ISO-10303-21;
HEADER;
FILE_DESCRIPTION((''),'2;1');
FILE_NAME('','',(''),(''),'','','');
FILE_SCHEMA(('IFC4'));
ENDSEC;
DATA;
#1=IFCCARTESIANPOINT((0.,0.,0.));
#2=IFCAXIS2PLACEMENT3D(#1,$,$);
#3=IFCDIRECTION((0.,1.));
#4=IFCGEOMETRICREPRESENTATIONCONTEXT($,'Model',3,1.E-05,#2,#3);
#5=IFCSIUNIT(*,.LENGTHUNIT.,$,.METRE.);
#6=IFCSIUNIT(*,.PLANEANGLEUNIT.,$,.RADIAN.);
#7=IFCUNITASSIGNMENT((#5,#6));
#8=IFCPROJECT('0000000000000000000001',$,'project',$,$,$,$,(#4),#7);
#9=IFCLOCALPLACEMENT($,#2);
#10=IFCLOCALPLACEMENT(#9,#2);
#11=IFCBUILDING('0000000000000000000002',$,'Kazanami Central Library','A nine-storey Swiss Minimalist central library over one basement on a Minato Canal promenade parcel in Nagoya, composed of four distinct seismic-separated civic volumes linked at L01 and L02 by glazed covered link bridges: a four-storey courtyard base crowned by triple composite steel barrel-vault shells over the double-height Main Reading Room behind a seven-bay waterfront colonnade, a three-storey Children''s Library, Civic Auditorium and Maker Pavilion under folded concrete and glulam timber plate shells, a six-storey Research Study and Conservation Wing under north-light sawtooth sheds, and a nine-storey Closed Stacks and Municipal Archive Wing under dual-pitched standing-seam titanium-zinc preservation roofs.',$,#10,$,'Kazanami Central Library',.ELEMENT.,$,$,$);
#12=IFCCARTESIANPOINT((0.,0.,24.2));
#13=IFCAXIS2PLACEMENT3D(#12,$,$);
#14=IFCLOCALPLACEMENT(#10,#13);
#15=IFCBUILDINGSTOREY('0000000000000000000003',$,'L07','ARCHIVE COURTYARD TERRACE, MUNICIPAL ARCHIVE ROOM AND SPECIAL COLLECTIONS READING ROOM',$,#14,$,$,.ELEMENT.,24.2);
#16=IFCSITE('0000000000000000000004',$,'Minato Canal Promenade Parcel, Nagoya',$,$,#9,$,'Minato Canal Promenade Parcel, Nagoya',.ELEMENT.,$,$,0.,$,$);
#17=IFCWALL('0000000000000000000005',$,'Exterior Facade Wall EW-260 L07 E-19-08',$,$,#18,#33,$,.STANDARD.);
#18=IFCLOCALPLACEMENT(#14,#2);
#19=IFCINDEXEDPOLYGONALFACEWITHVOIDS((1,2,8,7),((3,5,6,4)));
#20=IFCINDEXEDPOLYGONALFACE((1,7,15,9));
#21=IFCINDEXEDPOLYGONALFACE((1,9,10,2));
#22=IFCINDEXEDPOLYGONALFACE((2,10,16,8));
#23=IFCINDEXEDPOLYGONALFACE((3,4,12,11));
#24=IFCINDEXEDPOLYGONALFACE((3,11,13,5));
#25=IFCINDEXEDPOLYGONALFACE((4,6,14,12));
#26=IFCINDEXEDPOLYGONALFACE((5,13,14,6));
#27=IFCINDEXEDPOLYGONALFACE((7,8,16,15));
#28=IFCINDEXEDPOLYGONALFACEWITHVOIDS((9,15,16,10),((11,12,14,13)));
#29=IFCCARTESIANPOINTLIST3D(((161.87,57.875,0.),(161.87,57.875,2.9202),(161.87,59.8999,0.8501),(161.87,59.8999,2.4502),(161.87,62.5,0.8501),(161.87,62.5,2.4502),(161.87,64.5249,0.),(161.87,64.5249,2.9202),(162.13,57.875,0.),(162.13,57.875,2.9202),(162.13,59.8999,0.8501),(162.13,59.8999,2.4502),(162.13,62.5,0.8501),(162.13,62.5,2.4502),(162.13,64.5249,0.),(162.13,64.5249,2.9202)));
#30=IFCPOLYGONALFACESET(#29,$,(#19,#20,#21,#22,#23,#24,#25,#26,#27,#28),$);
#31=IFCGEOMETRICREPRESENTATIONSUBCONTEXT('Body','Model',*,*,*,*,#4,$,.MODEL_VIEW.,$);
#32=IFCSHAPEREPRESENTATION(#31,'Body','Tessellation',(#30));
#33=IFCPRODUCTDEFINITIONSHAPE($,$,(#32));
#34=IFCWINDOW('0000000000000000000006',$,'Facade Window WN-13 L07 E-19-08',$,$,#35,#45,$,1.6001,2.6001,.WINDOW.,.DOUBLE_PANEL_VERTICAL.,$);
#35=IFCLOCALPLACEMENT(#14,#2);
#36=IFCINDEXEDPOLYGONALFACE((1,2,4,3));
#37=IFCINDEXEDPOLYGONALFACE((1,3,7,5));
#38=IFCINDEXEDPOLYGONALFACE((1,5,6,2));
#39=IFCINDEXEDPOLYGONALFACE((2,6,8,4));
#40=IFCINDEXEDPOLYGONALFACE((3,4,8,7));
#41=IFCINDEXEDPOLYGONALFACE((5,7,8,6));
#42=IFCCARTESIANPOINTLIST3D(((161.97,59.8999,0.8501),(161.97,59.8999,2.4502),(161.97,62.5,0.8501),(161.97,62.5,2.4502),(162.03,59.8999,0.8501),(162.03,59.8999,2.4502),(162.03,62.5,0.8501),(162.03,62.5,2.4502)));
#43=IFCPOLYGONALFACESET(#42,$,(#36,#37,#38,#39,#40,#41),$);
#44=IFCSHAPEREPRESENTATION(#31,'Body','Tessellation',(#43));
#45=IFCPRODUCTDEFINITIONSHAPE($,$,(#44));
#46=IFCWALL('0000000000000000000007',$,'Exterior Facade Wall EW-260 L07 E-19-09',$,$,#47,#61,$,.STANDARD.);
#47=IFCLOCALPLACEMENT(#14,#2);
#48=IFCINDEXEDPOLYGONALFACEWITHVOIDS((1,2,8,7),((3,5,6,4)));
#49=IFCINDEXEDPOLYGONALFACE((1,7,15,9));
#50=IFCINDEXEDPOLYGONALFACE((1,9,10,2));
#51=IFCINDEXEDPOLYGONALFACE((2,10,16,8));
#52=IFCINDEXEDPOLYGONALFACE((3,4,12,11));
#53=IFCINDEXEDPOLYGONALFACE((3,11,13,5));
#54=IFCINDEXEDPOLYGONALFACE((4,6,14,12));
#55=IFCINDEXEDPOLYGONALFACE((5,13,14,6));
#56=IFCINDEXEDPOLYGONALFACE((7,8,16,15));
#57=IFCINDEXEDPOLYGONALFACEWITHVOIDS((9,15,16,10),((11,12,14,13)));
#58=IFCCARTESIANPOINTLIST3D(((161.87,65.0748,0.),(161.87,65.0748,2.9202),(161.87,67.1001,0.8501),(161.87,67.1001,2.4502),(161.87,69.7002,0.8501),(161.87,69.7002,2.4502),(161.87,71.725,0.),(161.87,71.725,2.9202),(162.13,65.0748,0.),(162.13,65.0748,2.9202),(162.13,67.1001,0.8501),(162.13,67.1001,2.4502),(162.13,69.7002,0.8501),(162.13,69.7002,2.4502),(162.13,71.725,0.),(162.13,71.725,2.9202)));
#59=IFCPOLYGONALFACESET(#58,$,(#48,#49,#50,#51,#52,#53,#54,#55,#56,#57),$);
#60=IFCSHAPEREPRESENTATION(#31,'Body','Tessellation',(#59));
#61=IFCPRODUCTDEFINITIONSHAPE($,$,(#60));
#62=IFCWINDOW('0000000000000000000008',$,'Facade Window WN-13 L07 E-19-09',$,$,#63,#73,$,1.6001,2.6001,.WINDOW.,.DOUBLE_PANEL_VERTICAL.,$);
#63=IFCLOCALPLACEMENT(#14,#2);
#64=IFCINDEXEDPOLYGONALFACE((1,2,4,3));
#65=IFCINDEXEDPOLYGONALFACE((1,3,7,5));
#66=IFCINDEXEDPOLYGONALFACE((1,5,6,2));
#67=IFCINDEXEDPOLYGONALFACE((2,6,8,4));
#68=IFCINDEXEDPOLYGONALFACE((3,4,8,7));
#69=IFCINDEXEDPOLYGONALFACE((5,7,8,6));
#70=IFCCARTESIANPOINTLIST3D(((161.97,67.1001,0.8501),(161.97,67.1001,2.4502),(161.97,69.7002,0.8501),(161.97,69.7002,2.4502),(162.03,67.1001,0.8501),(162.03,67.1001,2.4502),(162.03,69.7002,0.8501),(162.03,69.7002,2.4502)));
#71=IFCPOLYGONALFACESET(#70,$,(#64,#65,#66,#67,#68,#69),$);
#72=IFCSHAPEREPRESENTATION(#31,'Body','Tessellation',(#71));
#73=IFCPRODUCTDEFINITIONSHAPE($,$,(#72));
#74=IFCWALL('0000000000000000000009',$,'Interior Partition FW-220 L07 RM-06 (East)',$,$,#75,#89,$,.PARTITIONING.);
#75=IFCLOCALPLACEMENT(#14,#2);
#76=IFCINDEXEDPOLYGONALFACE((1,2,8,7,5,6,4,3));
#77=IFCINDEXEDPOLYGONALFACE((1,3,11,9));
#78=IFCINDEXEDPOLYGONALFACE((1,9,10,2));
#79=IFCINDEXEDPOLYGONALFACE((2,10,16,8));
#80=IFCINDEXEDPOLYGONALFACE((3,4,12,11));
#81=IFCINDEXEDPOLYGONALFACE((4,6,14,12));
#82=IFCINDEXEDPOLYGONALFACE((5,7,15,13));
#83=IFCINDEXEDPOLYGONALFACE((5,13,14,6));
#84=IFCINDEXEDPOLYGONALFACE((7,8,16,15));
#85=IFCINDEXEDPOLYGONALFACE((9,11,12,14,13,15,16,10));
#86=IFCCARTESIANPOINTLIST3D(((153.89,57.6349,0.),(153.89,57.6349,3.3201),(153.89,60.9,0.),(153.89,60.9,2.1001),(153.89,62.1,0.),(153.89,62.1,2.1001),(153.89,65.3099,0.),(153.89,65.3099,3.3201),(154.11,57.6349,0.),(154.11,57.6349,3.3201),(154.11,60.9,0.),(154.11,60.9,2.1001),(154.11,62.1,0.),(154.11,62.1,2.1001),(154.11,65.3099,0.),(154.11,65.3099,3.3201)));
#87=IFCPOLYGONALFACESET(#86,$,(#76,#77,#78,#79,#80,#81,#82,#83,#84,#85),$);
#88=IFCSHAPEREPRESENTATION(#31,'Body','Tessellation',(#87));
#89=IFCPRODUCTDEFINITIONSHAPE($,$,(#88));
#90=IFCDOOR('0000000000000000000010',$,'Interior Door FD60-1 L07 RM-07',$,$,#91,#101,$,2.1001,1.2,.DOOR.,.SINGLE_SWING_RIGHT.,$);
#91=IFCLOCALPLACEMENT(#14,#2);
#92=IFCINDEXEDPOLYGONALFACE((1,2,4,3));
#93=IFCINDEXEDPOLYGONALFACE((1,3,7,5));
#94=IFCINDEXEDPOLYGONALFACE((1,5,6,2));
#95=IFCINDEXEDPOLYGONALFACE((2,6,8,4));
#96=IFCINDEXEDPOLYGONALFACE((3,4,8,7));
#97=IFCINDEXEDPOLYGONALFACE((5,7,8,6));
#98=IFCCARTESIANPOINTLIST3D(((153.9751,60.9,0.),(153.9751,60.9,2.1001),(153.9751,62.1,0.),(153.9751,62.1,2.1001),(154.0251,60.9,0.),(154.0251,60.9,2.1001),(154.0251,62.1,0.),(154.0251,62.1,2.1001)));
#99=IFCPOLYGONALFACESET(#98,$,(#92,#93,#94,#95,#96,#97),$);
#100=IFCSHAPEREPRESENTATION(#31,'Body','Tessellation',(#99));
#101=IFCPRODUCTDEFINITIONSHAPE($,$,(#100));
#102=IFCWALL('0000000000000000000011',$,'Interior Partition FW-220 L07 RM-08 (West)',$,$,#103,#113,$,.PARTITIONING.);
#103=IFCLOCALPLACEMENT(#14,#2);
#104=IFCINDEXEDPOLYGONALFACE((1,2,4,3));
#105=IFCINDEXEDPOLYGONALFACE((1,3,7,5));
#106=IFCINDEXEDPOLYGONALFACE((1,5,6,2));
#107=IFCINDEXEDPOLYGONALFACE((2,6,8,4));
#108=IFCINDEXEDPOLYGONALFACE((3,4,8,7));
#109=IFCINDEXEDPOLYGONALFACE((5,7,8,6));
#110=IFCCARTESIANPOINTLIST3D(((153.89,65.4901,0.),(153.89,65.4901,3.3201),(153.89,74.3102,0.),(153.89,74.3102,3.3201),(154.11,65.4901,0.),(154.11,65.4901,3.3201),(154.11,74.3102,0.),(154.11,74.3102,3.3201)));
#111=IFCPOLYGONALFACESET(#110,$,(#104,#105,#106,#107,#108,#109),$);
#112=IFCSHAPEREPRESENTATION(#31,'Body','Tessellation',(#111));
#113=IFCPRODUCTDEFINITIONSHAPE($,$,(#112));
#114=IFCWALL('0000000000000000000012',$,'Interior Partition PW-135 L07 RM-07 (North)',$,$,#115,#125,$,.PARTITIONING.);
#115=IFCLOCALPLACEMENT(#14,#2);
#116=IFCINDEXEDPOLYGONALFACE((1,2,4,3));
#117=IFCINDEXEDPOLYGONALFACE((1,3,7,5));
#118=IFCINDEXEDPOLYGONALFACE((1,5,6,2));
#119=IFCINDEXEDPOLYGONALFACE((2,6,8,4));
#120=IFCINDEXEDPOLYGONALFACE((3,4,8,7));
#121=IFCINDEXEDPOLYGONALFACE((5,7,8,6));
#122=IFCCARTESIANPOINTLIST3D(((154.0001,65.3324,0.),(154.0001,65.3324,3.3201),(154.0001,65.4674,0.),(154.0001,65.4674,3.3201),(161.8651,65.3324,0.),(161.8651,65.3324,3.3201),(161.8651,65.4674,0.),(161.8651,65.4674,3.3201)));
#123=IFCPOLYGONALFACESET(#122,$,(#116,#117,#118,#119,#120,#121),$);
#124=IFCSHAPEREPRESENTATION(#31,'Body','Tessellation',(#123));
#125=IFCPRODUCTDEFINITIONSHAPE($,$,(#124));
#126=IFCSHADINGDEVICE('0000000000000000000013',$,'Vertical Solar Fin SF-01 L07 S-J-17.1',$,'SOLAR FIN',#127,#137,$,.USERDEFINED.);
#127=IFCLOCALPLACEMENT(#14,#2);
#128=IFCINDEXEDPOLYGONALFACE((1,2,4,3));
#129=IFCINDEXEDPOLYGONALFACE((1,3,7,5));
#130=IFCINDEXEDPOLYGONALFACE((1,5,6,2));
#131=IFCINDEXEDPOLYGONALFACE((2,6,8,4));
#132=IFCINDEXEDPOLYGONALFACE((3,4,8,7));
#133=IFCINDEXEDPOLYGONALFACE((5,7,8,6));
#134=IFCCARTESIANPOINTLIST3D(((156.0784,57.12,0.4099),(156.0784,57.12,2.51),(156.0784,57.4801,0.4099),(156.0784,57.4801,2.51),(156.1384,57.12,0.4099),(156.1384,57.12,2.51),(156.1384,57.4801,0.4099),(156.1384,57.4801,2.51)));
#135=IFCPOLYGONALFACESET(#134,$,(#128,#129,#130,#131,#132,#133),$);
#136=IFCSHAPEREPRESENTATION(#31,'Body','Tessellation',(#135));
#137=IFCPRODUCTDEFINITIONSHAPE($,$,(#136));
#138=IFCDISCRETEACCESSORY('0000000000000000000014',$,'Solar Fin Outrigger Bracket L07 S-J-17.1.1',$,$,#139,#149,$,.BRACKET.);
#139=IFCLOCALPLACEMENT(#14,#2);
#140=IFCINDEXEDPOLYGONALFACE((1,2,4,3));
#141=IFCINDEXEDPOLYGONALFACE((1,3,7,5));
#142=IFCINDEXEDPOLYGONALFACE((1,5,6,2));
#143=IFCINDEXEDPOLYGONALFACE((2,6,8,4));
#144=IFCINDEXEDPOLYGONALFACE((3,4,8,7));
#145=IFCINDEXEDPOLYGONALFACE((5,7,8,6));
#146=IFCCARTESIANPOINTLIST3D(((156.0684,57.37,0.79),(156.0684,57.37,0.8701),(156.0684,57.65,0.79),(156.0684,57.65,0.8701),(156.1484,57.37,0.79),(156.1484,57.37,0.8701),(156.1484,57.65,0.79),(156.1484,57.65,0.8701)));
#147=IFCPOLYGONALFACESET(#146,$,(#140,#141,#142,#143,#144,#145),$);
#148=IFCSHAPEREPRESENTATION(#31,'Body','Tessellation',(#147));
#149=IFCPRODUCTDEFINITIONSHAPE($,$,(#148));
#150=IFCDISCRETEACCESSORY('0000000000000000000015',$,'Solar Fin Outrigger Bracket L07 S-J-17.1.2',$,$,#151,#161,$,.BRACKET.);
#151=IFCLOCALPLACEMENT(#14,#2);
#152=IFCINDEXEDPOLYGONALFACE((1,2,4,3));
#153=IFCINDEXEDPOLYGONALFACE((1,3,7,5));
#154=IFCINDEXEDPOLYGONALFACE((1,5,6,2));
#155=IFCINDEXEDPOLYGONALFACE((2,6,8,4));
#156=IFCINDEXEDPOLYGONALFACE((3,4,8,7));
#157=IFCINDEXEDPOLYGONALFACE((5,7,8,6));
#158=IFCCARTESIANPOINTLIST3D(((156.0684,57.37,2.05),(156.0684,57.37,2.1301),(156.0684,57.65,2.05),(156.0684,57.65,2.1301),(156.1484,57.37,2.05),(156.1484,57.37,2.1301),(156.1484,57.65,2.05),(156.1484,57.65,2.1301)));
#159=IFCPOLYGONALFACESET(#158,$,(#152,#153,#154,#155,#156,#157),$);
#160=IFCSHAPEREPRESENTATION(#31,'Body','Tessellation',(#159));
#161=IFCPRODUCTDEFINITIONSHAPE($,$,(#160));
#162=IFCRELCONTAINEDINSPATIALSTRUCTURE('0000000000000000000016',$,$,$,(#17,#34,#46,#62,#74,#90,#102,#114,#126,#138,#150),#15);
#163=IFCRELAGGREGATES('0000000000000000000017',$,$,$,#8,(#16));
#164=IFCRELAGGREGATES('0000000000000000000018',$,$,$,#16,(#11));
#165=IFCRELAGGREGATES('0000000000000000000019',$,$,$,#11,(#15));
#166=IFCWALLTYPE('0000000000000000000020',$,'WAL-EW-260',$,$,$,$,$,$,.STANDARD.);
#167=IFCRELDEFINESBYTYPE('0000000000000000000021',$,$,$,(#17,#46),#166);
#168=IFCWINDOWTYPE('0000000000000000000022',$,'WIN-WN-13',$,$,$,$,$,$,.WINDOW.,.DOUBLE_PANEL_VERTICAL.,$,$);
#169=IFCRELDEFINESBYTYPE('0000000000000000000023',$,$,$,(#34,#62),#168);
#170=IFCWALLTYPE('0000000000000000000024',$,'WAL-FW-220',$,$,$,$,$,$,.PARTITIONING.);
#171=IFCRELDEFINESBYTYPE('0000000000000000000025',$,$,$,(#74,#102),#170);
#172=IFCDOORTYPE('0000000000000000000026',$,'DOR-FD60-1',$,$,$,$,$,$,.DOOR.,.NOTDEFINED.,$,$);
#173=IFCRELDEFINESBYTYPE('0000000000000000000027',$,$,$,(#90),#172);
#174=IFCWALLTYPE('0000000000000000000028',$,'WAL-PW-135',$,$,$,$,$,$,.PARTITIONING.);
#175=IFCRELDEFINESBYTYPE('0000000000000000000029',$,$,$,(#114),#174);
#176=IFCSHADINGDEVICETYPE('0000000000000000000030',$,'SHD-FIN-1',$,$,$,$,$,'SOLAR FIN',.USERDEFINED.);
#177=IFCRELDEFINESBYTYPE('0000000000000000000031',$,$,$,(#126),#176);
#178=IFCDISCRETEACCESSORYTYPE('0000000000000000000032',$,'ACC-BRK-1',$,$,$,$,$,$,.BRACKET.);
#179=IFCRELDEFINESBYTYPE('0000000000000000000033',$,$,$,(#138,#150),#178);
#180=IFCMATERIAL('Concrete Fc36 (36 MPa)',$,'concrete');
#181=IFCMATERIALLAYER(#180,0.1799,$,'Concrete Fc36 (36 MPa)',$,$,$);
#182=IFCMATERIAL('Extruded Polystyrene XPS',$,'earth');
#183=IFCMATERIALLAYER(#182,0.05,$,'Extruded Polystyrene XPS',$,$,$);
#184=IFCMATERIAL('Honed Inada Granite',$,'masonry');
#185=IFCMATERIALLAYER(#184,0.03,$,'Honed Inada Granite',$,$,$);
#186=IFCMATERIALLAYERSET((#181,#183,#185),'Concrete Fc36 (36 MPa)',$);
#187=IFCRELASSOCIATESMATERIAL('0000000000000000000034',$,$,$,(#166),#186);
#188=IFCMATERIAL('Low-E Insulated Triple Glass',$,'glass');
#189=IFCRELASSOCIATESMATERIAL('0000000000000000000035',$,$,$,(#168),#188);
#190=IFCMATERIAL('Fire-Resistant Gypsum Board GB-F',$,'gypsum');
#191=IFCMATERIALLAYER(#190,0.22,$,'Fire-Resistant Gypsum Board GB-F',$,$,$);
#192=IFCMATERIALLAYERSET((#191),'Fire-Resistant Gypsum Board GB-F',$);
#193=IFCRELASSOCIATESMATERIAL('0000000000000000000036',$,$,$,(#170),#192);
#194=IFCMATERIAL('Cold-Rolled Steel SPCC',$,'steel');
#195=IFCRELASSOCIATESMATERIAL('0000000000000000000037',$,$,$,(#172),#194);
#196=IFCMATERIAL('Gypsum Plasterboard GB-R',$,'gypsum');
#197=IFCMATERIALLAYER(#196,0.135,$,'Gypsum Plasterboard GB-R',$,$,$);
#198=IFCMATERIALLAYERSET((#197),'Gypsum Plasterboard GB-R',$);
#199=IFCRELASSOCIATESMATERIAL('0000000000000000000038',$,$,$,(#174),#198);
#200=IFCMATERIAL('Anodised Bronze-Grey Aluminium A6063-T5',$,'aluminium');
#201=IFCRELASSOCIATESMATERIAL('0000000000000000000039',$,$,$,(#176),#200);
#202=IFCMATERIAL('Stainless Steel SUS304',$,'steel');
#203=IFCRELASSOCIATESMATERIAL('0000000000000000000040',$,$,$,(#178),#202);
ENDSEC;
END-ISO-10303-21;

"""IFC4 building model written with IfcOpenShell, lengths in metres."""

from ifc_helpers import new_model, si_unit, direction, frame, frame_2d, origin, origin_2d, place, context, subcontext, project, spatial, rectangle, extrude, material, layer, layer_set, type_object, element, fill, save


model = new_model("IFC4")

# Units and contexts
model_context = context("Model", 3, precision=1e-05, world=origin(), true_north=direction((0.0, 1.0)))
body_context = subcontext(model_context, "Body", "Model", "MODEL_VIEW")
ifc_project = project(units=[si_unit("LENGTHUNIT", "METRE"), si_unit("PLANEANGLEUNIT", "RADIAN")], contexts=[model_context])

# Site, building, storey
site_placement = place(None, origin())
site = spatial("IfcSite", under=ifc_project, at=site_placement, Name="Minato Canal Promenade Parcel, Nagoya", LongName="Minato Canal Promenade Parcel, Nagoya", CompositionType="ELEMENT", RefElevation=0.0)
building_placement = place(site_placement, origin())
building = spatial("IfcBuilding", under=site, at=building_placement, Name="Kazanami Central Library", Description="A nine-storey Swiss Minimalist central library over one basement on a Minato Canal promenade parcel in Nagoya, composed of four distinct seismic-separated civic volumes linked at L01 and L02 by glazed covered link bridges: a four-storey courtyard base crowned by triple composite steel barrel-vault shells over the double-height Main Reading Room behind a seven-bay waterfront colonnade, a three-storey Children's Library, Civic Auditorium and Maker Pavilion under folded concrete and glulam timber plate shells, a six-storey Research Study and Conservation Wing under north-light sawtooth sheds, and a nine-storey Closed Stacks and Municipal Archive Wing under dual-pitched standing-seam titanium-zinc preservation roofs.", LongName="Kazanami Central Library", CompositionType="ELEMENT")
storey_placement = place(building_placement, frame((0.0, 0.0, 24.2)))
storey = spatial("IfcBuildingStorey", under=building, at=storey_placement, Name="L07", Description="ARCHIVE COURTYARD TERRACE, MUNICIPAL ARCHIVE ROOM AND SPECIAL COLLECTIONS READING ROOM", CompositionType="ELEMENT", Elevation=24.2)

# Walls, openings, windows
ifc_material_1 = material(Name="Concrete Fc36 (36 MPa)", Category="concrete")
ifc_layer_1 = layer(ifc_material_1, 0.1799, Name="Concrete Fc36 (36 MPa)")
ifc_material_2 = material(Name="Extruded Polystyrene XPS", Category="earth")
ifc_layer_2 = layer(ifc_material_2, 0.05, Name="Extruded Polystyrene XPS")
ifc_material_3 = material(Name="Honed Inada Granite", Category="masonry")
ifc_layer_3 = layer(ifc_material_3, 0.03, Name="Honed Inada Granite")
ifc_layer_set_1 = layer_set([ifc_layer_1, ifc_layer_2, ifc_layer_3], Name="Concrete Fc36 (36 MPa)")
wall_type_1 = type_object("IfcWallType", Name="WAL-EW-260", PredefinedType="STANDARD", material=ifc_layer_set_1)
wall_1_placement = place(storey_placement, frame((162.0, 64.5249, 0.0), z_axis=(0.0, 0.0, 1.0), x_axis=(0.0, -1.0, 0.0)))
wall_1 = element("IfcWall", 1, at=wall_1_placement, inside=storey, type_object=wall_type_1, Name="Exterior Facade Wall EW-260 L07 E-19-08", PredefinedType="STANDARD", context=body_context, shape_type="SweptSolid", body=[
    extrude(rectangle(XDim=6.6499, YDim=0.26, at=frame_2d((3.325, 0.0))), origin(), (0.0, 0.0, 1.0), 2.9202),
])
opening_1_placement = place(wall_1_placement, frame((2.0249, 0.0, 0.8501)))
opening_1 = element("IfcOpeningElement", 2, at=opening_1_placement, cuts=wall_1, PredefinedType="OPENING", context=body_context, shape_type="SweptSolid", body=[
    extrude(rectangle(XDim=2.6001, YDim=1.6001, at=frame_2d((1.3, 0.8))), frame((0.0, 0.1421, 0.0), z_axis=(0.0, -1.0, 0.0), x_axis=(1.0, 0.0, 0.0)), (0.0, 0.0, 1.0), 0.2839),
])
ifc_material_4 = material(Name="Low-E Insulated Triple Glass", Category="glass")
window_type = type_object("IfcWindowType", Name="WIN-WN-13", PartitioningType="DOUBLE_PANEL_VERTICAL", PredefinedType="WINDOW", material=ifc_material_4)
window_1_placement = place(opening_1_placement, origin())
window_1 = element("IfcWindow", 3, at=window_1_placement, inside=storey, type_object=window_type, Name="Facade Window WN-13 L07 E-19-08", OverallHeight=1.6001, OverallWidth=2.6001, PartitioningType="DOUBLE_PANEL_VERTICAL", PredefinedType="WINDOW", context=body_context, shape_type="SweptSolid", body=[
    extrude(rectangle(XDim=2.6001, YDim=1.6001, at=frame_2d((1.3, 0.8))), frame((0.0, 0.03, 0.0), z_axis=(0.0, -1.0, 0.0), x_axis=(1.0, 0.0, 0.0)), (0.0, 0.0, 1.0), 0.0601),
])
fill(opening_1, window_1)
wall_2_placement = place(storey_placement, frame((162.0, 71.7251, 0.0), z_axis=(0.0, 0.0, 1.0), x_axis=(0.0, -1.0, 0.0)))
wall_2 = element("IfcWall", 4, at=wall_2_placement, inside=storey, type_object=wall_type_1, Name="Exterior Facade Wall EW-260 L07 E-19-09", PredefinedType="STANDARD", context=body_context, shape_type="SweptSolid", body=[
    extrude(rectangle(XDim=6.6501, YDim=0.26, at=frame_2d((3.3252, 0.0))), origin(), (0.0, 0.0, 1.0), 2.9202),
])
opening_2_placement = place(wall_2_placement, frame((2.0249, 0.0, 0.8501)))
opening_2 = element("IfcOpeningElement", 5, at=opening_2_placement, cuts=wall_2, PredefinedType="OPENING", context=body_context, shape_type="SweptSolid", body=[
    extrude(rectangle(XDim=2.6001, YDim=1.6001, at=frame_2d((1.3, 0.8))), frame((0.0, 0.1421, 0.0), z_axis=(0.0, -1.0, 0.0), x_axis=(1.0, 0.0, 0.0)), (0.0, 0.0, 1.0), 0.2839),
])
window_2_placement = place(opening_2_placement, origin())
window_2 = element("IfcWindow", 6, at=window_2_placement, inside=storey, type_object=window_type, Name="Facade Window WN-13 L07 E-19-09", OverallHeight=1.6001, OverallWidth=2.6001, PartitioningType="DOUBLE_PANEL_VERTICAL", PredefinedType="WINDOW", context=body_context, shape_type="SweptSolid", body=[
    extrude(rectangle(XDim=2.6001, YDim=1.6001, at=frame_2d((1.3, 0.8))), frame((0.0, 0.03, 0.0), z_axis=(0.0, -1.0, 0.0), x_axis=(1.0, 0.0, 0.0)), (0.0, 0.0, 1.0), 0.0601),
])
fill(opening_2, window_2)

# Wall, opening, door
ifc_material_5 = material(Name="Fire-Resistant Gypsum Board GB-F", Category="gypsum")
ifc_layer_4 = layer(ifc_material_5, 0.22, Name="Fire-Resistant Gypsum Board GB-F")
ifc_layer_set_2 = layer_set([ifc_layer_4], Name="Fire-Resistant Gypsum Board GB-F")
wall_type_2 = type_object("IfcWallType", Name="WAL-FW-220", PredefinedType="PARTITIONING", material=ifc_layer_set_2)
wall_3_placement = place(storey_placement, frame((154.0, 57.635, 0.0), z_axis=(0.0, 0.0, 1.0), x_axis=(0.0, 1.0, 0.0)))
wall_3 = element("IfcWall", 7, at=wall_3_placement, inside=storey, type_object=wall_type_2, Name="Interior Partition FW-220 L07 RM-06 (East)", PredefinedType="PARTITIONING", context=body_context, shape_type="SweptSolid", body=[
    extrude(rectangle(XDim=7.675, YDim=0.22, at=frame_2d((3.8374, 0.0))), origin(), (0.0, 0.0, 1.0), 3.3201),
])
opening_3_placement = place(wall_3_placement, frame((3.2649, 0.0, 0.0)))
opening_3 = element("IfcOpeningElement", 8, at=opening_3_placement, cuts=wall_3, PredefinedType="OPENING", context=body_context, shape_type="SweptSolid", body=[
    extrude(rectangle(XDim=1.2, YDim=2.1001, at=frame_2d((0.6001, 1.05))), frame((0.0, 0.1221, 0.0), z_axis=(0.0, -1.0, 0.0), x_axis=(1.0, 0.0, 0.0)), (0.0, 0.0, 1.0), 0.2439),
])
ifc_material_6 = material(Name="Cold-Rolled Steel SPCC", Category="steel")
door_type_1 = type_object("IfcDoorType", Name="DOR-FD60-1", OperationType="NOTDEFINED", PredefinedType="DOOR", material=ifc_material_6)
door_1_placement = place(opening_3_placement, origin())
door_1 = element("IfcDoor", 9, at=door_1_placement, inside=storey, type_object=door_type_1, Name="Interior Door FD60-1 L07 RM-07", OperationType="SINGLE_SWING_RIGHT", OverallHeight=2.1001, OverallWidth=1.2, PredefinedType="DOOR", context=body_context, shape_type="SweptSolid", body=[
    extrude(rectangle(XDim=1.2, YDim=2.1001, at=frame_2d((0.6001, 1.05))), frame((0.0, 0.0249, 0.0), z_axis=(0.0, -1.0, 0.0), x_axis=(1.0, 0.0, 0.0)), (0.0, 0.0, 1.0), 0.05),
])
fill(opening_3, door_1)

# Walls
wall_4_placement = place(storey_placement, frame((154.0, 65.49, 0.0), z_axis=(0.0, 0.0, 1.0), x_axis=(0.0, 1.0, 0.0)))
element("IfcWall", 10, at=wall_4_placement, inside=storey, type_object=wall_type_2, Name="Interior Partition FW-220 L07 RM-08 (West)", PredefinedType="PARTITIONING", context=body_context, shape_type="SweptSolid", body=[
    extrude(rectangle(XDim=8.8201, YDim=0.22, at=frame_2d((4.4102, 0.0))), origin(), (0.0, 0.0, 1.0), 3.3201),
])
ifc_material_7 = material(Name="Gypsum Plasterboard GB-R", Category="gypsum")
ifc_layer_5 = layer(ifc_material_7, 0.135, Name="Gypsum Plasterboard GB-R")
ifc_layer_set_3 = layer_set([ifc_layer_5], Name="Gypsum Plasterboard GB-R")
wall_type_3 = type_object("IfcWallType", Name="WAL-PW-135", PredefinedType="PARTITIONING", material=ifc_layer_set_3)
wall_5_placement = place(storey_placement, frame((154.0, 65.3999, 0.0), z_axis=(0.0, 0.0, 1.0), x_axis=(1.0, 0.0, 0.0)))
element("IfcWall", 11, at=wall_5_placement, inside=storey, type_object=wall_type_3, Name="Interior Partition PW-135 L07 RM-07 (North)", PredefinedType="PARTITIONING", context=body_context, shape_type="SweptSolid", body=[
    extrude(rectangle(XDim=7.865, YDim=0.135, at=frame_2d((3.9326, 0.0))), origin(), (0.0, 0.0, 1.0), 3.3201),
])

# Shading device
ifc_material_8 = material(Name="Anodised Bronze-Grey Aluminium A6063-T5", Category="aluminium")
shading_device_type = type_object("IfcShadingDeviceType", Name="SHD-FIN-1", ElementType="SOLAR FIN", PredefinedType="USERDEFINED", material=ifc_material_8)
shading_device_placement = place(storey_placement, frame((156.1084, 57.3, 0.4099), z_axis=(0.0, 0.0, 1.0), x_axis=(1.0, 0.0, 0.0)))
element("IfcShadingDevice", 12, at=shading_device_placement, inside=storey, type_object=shading_device_type, Name="Vertical Solar Fin SF-01 L07 S-J-17.1", ObjectType="SOLAR FIN", PredefinedType="USERDEFINED", context=body_context, shape_type="SweptSolid", body=[
    extrude(rectangle(XDim=0.0601, YDim=0.3601, at=origin_2d()), origin(), (0.0, 0.0, 1.0), 2.1001),
])

# Discrete accessories
ifc_material_9 = material(Name="Stainless Steel SUS304", Category="steel")
discrete_accessory_type = type_object("IfcDiscreteAccessoryType", Name="ACC-BRK-1", PredefinedType="BRACKET", material=ifc_material_9)
for number, where, z_axis, x_axis, name in (
    (13, (156.1084, 57.51, 0.79), (0.0, 0.0, 1.0), (1.0, 0.0, 0.0), "Solar Fin Outrigger Bracket L07 S-J-17.1.1"),
    (14, (156.1084, 57.51, 2.05), (0.0, 0.0, 1.0), (1.0, 0.0, 0.0), "Solar Fin Outrigger Bracket L07 S-J-17.1.2"),
):
    element("IfcDiscreteAccessory", number, at=place(storey_placement, frame(where, z_axis=z_axis, x_axis=x_axis)), inside=storey, type_object=discrete_accessory_type, Name=name, PredefinedType="BRACKET", context=body_context, shape_type="SweptSolid", body=[
        extrude(rectangle(XDim=0.0801, YDim=0.28, at=origin_2d()), origin(), (0.0, 0.0, 1.0), 0.0801),
    ])

save(model, "model.ifc")
